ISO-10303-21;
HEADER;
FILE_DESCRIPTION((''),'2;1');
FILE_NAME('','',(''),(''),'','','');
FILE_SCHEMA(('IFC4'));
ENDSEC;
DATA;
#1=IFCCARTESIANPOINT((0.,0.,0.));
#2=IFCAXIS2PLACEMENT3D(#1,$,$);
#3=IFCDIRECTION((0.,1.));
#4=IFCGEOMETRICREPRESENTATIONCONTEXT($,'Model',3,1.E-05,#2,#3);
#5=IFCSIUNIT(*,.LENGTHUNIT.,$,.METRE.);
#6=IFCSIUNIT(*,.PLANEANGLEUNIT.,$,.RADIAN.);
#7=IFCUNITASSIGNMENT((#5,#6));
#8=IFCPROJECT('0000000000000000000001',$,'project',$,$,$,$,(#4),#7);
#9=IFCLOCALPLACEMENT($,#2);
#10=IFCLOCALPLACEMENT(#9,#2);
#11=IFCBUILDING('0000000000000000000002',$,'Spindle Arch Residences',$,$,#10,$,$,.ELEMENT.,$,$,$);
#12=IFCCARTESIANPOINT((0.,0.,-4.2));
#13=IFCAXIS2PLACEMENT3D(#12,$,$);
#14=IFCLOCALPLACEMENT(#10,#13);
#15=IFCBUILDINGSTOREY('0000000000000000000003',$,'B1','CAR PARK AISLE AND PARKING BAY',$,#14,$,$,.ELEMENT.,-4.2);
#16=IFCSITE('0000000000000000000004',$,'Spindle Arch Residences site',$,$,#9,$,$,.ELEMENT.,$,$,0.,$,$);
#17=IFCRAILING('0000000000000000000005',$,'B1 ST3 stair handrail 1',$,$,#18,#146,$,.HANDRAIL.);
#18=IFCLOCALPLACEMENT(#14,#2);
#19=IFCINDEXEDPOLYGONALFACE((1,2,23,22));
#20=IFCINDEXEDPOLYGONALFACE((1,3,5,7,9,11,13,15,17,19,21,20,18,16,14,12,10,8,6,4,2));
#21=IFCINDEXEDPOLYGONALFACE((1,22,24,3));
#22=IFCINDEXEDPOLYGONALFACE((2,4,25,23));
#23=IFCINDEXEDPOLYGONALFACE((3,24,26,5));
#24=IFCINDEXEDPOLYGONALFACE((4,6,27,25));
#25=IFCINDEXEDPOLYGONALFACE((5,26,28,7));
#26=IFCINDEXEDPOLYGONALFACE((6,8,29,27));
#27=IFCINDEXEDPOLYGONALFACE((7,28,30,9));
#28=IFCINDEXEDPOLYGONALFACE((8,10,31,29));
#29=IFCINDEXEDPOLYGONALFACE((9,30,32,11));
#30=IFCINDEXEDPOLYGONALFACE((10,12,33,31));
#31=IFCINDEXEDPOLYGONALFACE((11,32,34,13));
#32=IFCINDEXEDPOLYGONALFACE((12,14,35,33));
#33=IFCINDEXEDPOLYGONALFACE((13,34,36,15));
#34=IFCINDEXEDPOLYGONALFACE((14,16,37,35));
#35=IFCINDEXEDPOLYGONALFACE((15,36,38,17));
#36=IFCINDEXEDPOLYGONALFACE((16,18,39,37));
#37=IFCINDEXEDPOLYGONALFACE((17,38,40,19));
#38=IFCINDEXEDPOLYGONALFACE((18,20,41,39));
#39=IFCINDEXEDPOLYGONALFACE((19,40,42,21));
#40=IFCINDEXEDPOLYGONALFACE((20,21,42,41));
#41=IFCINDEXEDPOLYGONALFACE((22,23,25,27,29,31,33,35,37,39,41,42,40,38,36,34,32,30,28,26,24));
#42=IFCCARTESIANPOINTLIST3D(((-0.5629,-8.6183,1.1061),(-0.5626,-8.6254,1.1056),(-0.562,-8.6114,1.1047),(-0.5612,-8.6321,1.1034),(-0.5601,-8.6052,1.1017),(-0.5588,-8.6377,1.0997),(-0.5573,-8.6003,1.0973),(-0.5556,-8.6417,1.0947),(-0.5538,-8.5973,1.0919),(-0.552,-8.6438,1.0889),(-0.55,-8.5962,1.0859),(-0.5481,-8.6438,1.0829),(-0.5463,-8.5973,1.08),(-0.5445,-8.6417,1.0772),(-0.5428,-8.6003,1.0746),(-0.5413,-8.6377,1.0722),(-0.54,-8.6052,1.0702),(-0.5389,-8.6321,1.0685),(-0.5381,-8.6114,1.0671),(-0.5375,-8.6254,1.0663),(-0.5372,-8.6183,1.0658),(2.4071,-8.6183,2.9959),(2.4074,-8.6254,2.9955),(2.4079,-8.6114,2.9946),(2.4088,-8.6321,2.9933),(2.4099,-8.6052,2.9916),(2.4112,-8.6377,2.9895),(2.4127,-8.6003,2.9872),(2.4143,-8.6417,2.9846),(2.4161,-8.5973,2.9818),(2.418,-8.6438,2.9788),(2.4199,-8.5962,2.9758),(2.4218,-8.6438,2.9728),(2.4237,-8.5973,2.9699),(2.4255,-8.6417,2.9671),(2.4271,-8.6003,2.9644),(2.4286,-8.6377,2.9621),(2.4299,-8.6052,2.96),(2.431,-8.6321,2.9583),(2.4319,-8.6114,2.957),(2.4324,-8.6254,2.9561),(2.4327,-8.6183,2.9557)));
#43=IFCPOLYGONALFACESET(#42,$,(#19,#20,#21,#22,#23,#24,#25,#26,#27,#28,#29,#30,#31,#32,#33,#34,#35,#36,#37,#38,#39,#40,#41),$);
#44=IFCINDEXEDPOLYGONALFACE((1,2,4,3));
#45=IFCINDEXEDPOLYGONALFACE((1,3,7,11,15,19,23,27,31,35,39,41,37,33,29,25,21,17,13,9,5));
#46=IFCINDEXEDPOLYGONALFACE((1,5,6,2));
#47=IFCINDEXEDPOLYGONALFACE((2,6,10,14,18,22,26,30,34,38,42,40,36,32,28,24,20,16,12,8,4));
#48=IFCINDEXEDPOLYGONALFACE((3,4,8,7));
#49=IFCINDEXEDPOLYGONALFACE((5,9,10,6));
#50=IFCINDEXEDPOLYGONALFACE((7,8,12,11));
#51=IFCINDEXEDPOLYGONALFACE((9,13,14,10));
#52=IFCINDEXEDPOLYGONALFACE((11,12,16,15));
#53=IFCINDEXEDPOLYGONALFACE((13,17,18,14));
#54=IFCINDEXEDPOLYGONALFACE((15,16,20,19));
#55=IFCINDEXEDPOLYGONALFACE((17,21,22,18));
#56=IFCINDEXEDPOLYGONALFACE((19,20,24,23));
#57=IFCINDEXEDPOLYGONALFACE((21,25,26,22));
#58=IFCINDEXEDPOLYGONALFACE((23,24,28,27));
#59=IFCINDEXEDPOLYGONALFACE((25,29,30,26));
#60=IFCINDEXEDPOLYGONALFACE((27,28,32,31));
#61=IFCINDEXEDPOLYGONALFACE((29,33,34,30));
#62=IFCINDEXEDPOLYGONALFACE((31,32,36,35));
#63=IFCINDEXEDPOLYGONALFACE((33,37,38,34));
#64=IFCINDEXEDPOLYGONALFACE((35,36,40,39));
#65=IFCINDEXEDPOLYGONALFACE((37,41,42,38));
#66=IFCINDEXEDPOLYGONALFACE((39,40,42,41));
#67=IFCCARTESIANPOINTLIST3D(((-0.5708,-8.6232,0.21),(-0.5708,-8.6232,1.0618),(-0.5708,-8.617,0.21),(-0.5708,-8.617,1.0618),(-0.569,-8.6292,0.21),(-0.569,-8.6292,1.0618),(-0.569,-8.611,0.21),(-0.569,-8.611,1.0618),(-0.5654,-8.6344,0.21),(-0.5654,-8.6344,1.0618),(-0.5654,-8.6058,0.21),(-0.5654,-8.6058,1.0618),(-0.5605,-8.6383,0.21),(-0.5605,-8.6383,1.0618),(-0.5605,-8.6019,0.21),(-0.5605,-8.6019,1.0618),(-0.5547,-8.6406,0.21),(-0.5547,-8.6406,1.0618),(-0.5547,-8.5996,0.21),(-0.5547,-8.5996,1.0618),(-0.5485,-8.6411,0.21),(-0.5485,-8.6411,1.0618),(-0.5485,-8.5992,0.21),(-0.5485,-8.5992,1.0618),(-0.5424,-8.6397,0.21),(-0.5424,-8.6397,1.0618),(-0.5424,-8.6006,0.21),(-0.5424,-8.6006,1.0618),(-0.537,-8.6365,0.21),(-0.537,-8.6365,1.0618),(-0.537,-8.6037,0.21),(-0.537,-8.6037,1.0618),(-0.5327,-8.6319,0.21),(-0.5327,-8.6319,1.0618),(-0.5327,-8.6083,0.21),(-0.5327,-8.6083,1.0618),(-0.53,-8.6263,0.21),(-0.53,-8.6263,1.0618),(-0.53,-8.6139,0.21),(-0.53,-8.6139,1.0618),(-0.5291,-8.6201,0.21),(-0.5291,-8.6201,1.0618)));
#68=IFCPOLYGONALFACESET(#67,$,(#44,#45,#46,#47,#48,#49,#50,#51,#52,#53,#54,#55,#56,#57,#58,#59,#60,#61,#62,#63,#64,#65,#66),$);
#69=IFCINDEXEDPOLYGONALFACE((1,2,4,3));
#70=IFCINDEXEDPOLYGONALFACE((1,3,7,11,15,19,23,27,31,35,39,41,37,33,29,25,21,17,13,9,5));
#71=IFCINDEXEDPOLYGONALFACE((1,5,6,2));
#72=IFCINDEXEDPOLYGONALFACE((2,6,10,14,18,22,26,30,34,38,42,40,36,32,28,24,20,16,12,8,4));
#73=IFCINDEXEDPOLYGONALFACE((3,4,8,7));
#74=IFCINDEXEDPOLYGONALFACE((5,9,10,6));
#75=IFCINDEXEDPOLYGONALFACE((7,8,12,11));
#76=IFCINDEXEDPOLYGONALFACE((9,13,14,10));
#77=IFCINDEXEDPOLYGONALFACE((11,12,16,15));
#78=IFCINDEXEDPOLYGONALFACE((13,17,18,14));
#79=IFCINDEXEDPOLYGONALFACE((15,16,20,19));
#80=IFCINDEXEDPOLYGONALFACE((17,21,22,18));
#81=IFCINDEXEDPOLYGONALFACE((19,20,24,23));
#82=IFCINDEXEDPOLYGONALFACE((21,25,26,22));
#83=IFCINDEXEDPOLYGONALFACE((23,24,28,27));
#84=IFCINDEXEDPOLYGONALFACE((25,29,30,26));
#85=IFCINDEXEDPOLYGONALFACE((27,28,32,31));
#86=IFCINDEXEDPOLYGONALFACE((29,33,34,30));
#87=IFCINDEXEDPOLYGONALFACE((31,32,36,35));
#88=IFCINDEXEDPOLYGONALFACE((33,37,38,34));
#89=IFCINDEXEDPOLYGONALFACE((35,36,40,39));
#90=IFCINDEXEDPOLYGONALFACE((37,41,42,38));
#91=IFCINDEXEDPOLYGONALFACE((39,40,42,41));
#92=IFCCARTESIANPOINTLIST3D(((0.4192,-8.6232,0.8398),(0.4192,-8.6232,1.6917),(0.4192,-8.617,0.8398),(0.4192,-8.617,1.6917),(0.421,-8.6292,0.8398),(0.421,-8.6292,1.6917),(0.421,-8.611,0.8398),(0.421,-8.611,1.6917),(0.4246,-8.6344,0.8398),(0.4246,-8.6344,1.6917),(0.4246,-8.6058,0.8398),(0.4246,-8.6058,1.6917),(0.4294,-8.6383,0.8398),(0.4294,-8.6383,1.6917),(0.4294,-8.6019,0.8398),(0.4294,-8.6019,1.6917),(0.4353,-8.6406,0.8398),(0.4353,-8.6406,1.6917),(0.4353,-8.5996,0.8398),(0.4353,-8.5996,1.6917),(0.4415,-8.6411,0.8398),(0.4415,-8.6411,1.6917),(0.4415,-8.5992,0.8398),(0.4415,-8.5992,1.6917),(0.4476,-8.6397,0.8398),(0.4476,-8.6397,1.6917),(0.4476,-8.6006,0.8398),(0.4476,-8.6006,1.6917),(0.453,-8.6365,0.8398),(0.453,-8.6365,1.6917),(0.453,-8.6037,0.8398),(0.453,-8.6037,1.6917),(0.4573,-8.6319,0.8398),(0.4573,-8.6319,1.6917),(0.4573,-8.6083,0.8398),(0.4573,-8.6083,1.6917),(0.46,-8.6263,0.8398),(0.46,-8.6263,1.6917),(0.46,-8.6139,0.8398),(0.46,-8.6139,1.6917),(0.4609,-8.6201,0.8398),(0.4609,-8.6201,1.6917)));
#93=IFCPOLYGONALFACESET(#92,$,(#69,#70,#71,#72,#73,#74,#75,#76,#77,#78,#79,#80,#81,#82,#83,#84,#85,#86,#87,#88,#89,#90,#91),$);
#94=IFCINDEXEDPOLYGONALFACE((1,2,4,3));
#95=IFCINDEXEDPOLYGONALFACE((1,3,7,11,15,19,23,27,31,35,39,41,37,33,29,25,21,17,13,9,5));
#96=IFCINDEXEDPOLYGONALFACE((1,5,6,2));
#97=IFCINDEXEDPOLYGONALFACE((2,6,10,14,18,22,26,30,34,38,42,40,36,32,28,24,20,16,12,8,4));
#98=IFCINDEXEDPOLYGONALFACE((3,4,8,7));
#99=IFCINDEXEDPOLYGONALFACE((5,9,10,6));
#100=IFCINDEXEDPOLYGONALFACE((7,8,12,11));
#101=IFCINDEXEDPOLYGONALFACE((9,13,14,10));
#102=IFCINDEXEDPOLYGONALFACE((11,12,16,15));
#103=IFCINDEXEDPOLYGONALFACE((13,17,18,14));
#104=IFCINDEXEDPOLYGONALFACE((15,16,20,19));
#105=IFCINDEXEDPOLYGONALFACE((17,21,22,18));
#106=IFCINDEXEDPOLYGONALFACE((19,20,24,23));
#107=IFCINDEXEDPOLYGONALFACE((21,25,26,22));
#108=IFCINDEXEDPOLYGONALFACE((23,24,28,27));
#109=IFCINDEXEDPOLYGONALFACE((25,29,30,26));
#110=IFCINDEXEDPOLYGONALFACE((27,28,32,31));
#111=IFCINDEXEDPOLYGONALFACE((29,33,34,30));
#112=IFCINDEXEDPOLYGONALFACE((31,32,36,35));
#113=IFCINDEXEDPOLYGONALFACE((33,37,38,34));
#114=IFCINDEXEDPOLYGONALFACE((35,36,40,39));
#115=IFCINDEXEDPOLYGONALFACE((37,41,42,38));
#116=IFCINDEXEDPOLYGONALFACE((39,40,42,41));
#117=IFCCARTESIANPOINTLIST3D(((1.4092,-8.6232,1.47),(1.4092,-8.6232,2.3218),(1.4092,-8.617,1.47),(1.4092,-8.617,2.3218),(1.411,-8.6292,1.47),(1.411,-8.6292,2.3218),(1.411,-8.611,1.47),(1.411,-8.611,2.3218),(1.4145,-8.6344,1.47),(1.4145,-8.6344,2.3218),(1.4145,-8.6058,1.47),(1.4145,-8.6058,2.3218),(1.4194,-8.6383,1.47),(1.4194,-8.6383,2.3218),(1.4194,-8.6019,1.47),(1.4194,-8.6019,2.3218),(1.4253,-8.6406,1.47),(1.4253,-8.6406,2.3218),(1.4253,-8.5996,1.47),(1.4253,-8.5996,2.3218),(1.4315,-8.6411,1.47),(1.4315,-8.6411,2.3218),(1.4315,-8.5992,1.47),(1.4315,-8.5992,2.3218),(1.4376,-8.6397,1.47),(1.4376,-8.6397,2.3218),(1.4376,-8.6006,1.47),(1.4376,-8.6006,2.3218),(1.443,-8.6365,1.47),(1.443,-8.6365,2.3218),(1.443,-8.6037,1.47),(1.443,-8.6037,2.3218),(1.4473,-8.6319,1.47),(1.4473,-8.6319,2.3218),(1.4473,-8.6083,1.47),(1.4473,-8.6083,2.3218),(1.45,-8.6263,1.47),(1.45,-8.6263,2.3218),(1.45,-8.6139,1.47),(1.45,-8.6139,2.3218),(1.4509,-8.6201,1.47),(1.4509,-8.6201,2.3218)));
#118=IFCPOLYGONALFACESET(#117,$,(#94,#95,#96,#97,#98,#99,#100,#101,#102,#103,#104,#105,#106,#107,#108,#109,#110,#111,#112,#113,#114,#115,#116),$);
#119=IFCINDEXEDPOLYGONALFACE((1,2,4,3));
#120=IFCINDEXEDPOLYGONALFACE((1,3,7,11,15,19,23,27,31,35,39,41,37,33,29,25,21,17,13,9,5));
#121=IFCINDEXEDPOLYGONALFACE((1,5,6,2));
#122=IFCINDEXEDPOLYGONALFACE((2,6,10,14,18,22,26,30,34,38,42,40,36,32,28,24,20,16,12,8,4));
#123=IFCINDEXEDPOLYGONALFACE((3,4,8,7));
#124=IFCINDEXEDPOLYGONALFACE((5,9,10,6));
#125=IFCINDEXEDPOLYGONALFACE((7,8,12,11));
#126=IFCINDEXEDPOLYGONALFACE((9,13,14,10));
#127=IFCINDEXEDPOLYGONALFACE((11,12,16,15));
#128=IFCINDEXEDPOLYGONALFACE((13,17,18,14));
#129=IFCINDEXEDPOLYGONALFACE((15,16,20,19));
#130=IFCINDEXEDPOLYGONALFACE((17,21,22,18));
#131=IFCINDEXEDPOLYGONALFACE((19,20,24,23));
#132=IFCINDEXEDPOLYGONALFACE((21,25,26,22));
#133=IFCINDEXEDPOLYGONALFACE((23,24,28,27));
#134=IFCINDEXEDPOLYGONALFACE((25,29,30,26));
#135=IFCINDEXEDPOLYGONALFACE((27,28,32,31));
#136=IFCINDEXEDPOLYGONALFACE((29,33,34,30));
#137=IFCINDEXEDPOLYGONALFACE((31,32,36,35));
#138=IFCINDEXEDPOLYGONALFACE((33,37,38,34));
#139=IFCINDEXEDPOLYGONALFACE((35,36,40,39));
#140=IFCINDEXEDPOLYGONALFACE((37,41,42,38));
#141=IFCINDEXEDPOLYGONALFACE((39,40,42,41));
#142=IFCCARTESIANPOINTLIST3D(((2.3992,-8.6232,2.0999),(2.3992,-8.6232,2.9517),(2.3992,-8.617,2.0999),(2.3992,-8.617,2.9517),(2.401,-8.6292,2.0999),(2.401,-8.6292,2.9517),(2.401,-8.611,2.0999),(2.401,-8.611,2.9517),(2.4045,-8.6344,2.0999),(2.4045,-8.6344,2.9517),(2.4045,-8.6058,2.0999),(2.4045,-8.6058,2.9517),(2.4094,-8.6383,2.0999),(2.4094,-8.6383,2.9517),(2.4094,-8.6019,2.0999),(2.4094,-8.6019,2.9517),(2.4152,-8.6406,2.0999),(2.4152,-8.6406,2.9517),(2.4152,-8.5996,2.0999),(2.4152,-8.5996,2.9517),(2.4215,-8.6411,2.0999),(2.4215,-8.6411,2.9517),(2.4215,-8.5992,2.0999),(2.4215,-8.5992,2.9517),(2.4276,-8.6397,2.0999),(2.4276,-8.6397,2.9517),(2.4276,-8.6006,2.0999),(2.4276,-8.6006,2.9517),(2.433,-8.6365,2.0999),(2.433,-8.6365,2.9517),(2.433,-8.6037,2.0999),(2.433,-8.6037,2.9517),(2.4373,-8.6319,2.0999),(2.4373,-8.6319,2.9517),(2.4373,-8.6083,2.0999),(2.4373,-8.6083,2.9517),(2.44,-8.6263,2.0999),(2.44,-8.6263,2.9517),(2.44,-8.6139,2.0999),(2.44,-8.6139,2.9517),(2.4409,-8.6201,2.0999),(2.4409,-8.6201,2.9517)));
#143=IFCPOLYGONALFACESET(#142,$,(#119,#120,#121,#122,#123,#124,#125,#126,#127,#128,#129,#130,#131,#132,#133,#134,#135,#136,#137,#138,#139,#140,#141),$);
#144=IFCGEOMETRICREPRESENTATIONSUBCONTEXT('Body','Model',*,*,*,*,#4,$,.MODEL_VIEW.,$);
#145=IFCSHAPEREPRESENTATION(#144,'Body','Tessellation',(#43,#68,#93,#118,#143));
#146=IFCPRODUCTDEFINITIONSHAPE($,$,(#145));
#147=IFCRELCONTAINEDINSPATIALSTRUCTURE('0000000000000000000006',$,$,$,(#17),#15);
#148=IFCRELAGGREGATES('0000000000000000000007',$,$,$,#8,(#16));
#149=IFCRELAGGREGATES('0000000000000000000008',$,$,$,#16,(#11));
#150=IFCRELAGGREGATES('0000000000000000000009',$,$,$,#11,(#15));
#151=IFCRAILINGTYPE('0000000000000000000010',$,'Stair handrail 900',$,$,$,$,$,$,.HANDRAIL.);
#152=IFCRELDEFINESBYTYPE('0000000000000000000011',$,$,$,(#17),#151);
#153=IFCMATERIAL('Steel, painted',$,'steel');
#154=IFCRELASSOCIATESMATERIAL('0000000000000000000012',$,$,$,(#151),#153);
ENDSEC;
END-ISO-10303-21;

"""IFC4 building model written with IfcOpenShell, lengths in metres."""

from ifc_helpers import new_model, si_unit, direction, frame, origin, origin_2d, place, context, subcontext, project, spatial, circle, extrude, material, type_object, element, save


model = new_model("IFC4")

# Units and contexts
model_context = context("Model", 3, precision=1e-05, world=origin(), true_north=direction((0.0, 1.0)))
body_context = subcontext(model_context, "Body", "Model", "MODEL_VIEW")
ifc_project = project(units=[si_unit("LENGTHUNIT", "METRE"), si_unit("PLANEANGLEUNIT", "RADIAN")], contexts=[model_context])

# Site, building, storey
site_placement = place(None, origin())
site = spatial("IfcSite", under=ifc_project, at=site_placement, Name="Spindle Arch Residences site", CompositionType="ELEMENT", RefElevation=0.0)
building_placement = place(site_placement, origin())
building = spatial("IfcBuilding", under=site, at=building_placement, Name="Spindle Arch Residences", CompositionType="ELEMENT")
storey_placement = place(building_placement, frame((0.0, 0.0, -4.2)))
storey = spatial("IfcBuildingStorey", under=building, at=storey_placement, Name="B1", Description="CAR PARK AISLE AND PARKING BAY", CompositionType="ELEMENT", Elevation=-4.2)

# Railing
ifc_material_1 = material(Name="Steel, painted", Category="steel")
railing_type = type_object("IfcRailingType", Name="Stair handrail 900", PredefinedType="HANDRAIL", material=ifc_material_1)
railing_1_placement = place(storey_placement, frame((-0.55, -8.6201, 0.21)))
element("IfcRailing", 1, at=railing_1_placement, inside=storey, type_object=railing_type, Name="B1 ST3 stair handrail 1", PredefinedType="HANDRAIL", context=body_context, shape_type="SweptSolid", body=[
    extrude(circle(Radius=0.0239, at=origin_2d()), frame((0.0, 0.0, 0.876), z_axis=(0.843673, 0.0, 0.536858), x_axis=(0.0, 1.0, 0.0)), (0.0, 0.0, 1.0), 3.5203),
    extrude(circle(Radius=0.021, at=origin_2d()), origin(), (0.0, 0.0, 1.0), 0.8518),
    extrude(circle(Radius=0.021, at=origin_2d()), frame((0.99, 0.0, 0.6299)), (0.0, 0.0, 1.0), 0.8518),
    extrude(circle(Radius=0.021, at=origin_2d()), frame((1.98, 0.0, 1.26)), (0.0, 0.0, 1.0), 0.8518),
    extrude(circle(Radius=0.021, at=origin_2d()), frame((2.97, 0.0, 1.8899)), (0.0, 0.0, 1.0), 0.8518),
])

save(model, "model.ifc")
